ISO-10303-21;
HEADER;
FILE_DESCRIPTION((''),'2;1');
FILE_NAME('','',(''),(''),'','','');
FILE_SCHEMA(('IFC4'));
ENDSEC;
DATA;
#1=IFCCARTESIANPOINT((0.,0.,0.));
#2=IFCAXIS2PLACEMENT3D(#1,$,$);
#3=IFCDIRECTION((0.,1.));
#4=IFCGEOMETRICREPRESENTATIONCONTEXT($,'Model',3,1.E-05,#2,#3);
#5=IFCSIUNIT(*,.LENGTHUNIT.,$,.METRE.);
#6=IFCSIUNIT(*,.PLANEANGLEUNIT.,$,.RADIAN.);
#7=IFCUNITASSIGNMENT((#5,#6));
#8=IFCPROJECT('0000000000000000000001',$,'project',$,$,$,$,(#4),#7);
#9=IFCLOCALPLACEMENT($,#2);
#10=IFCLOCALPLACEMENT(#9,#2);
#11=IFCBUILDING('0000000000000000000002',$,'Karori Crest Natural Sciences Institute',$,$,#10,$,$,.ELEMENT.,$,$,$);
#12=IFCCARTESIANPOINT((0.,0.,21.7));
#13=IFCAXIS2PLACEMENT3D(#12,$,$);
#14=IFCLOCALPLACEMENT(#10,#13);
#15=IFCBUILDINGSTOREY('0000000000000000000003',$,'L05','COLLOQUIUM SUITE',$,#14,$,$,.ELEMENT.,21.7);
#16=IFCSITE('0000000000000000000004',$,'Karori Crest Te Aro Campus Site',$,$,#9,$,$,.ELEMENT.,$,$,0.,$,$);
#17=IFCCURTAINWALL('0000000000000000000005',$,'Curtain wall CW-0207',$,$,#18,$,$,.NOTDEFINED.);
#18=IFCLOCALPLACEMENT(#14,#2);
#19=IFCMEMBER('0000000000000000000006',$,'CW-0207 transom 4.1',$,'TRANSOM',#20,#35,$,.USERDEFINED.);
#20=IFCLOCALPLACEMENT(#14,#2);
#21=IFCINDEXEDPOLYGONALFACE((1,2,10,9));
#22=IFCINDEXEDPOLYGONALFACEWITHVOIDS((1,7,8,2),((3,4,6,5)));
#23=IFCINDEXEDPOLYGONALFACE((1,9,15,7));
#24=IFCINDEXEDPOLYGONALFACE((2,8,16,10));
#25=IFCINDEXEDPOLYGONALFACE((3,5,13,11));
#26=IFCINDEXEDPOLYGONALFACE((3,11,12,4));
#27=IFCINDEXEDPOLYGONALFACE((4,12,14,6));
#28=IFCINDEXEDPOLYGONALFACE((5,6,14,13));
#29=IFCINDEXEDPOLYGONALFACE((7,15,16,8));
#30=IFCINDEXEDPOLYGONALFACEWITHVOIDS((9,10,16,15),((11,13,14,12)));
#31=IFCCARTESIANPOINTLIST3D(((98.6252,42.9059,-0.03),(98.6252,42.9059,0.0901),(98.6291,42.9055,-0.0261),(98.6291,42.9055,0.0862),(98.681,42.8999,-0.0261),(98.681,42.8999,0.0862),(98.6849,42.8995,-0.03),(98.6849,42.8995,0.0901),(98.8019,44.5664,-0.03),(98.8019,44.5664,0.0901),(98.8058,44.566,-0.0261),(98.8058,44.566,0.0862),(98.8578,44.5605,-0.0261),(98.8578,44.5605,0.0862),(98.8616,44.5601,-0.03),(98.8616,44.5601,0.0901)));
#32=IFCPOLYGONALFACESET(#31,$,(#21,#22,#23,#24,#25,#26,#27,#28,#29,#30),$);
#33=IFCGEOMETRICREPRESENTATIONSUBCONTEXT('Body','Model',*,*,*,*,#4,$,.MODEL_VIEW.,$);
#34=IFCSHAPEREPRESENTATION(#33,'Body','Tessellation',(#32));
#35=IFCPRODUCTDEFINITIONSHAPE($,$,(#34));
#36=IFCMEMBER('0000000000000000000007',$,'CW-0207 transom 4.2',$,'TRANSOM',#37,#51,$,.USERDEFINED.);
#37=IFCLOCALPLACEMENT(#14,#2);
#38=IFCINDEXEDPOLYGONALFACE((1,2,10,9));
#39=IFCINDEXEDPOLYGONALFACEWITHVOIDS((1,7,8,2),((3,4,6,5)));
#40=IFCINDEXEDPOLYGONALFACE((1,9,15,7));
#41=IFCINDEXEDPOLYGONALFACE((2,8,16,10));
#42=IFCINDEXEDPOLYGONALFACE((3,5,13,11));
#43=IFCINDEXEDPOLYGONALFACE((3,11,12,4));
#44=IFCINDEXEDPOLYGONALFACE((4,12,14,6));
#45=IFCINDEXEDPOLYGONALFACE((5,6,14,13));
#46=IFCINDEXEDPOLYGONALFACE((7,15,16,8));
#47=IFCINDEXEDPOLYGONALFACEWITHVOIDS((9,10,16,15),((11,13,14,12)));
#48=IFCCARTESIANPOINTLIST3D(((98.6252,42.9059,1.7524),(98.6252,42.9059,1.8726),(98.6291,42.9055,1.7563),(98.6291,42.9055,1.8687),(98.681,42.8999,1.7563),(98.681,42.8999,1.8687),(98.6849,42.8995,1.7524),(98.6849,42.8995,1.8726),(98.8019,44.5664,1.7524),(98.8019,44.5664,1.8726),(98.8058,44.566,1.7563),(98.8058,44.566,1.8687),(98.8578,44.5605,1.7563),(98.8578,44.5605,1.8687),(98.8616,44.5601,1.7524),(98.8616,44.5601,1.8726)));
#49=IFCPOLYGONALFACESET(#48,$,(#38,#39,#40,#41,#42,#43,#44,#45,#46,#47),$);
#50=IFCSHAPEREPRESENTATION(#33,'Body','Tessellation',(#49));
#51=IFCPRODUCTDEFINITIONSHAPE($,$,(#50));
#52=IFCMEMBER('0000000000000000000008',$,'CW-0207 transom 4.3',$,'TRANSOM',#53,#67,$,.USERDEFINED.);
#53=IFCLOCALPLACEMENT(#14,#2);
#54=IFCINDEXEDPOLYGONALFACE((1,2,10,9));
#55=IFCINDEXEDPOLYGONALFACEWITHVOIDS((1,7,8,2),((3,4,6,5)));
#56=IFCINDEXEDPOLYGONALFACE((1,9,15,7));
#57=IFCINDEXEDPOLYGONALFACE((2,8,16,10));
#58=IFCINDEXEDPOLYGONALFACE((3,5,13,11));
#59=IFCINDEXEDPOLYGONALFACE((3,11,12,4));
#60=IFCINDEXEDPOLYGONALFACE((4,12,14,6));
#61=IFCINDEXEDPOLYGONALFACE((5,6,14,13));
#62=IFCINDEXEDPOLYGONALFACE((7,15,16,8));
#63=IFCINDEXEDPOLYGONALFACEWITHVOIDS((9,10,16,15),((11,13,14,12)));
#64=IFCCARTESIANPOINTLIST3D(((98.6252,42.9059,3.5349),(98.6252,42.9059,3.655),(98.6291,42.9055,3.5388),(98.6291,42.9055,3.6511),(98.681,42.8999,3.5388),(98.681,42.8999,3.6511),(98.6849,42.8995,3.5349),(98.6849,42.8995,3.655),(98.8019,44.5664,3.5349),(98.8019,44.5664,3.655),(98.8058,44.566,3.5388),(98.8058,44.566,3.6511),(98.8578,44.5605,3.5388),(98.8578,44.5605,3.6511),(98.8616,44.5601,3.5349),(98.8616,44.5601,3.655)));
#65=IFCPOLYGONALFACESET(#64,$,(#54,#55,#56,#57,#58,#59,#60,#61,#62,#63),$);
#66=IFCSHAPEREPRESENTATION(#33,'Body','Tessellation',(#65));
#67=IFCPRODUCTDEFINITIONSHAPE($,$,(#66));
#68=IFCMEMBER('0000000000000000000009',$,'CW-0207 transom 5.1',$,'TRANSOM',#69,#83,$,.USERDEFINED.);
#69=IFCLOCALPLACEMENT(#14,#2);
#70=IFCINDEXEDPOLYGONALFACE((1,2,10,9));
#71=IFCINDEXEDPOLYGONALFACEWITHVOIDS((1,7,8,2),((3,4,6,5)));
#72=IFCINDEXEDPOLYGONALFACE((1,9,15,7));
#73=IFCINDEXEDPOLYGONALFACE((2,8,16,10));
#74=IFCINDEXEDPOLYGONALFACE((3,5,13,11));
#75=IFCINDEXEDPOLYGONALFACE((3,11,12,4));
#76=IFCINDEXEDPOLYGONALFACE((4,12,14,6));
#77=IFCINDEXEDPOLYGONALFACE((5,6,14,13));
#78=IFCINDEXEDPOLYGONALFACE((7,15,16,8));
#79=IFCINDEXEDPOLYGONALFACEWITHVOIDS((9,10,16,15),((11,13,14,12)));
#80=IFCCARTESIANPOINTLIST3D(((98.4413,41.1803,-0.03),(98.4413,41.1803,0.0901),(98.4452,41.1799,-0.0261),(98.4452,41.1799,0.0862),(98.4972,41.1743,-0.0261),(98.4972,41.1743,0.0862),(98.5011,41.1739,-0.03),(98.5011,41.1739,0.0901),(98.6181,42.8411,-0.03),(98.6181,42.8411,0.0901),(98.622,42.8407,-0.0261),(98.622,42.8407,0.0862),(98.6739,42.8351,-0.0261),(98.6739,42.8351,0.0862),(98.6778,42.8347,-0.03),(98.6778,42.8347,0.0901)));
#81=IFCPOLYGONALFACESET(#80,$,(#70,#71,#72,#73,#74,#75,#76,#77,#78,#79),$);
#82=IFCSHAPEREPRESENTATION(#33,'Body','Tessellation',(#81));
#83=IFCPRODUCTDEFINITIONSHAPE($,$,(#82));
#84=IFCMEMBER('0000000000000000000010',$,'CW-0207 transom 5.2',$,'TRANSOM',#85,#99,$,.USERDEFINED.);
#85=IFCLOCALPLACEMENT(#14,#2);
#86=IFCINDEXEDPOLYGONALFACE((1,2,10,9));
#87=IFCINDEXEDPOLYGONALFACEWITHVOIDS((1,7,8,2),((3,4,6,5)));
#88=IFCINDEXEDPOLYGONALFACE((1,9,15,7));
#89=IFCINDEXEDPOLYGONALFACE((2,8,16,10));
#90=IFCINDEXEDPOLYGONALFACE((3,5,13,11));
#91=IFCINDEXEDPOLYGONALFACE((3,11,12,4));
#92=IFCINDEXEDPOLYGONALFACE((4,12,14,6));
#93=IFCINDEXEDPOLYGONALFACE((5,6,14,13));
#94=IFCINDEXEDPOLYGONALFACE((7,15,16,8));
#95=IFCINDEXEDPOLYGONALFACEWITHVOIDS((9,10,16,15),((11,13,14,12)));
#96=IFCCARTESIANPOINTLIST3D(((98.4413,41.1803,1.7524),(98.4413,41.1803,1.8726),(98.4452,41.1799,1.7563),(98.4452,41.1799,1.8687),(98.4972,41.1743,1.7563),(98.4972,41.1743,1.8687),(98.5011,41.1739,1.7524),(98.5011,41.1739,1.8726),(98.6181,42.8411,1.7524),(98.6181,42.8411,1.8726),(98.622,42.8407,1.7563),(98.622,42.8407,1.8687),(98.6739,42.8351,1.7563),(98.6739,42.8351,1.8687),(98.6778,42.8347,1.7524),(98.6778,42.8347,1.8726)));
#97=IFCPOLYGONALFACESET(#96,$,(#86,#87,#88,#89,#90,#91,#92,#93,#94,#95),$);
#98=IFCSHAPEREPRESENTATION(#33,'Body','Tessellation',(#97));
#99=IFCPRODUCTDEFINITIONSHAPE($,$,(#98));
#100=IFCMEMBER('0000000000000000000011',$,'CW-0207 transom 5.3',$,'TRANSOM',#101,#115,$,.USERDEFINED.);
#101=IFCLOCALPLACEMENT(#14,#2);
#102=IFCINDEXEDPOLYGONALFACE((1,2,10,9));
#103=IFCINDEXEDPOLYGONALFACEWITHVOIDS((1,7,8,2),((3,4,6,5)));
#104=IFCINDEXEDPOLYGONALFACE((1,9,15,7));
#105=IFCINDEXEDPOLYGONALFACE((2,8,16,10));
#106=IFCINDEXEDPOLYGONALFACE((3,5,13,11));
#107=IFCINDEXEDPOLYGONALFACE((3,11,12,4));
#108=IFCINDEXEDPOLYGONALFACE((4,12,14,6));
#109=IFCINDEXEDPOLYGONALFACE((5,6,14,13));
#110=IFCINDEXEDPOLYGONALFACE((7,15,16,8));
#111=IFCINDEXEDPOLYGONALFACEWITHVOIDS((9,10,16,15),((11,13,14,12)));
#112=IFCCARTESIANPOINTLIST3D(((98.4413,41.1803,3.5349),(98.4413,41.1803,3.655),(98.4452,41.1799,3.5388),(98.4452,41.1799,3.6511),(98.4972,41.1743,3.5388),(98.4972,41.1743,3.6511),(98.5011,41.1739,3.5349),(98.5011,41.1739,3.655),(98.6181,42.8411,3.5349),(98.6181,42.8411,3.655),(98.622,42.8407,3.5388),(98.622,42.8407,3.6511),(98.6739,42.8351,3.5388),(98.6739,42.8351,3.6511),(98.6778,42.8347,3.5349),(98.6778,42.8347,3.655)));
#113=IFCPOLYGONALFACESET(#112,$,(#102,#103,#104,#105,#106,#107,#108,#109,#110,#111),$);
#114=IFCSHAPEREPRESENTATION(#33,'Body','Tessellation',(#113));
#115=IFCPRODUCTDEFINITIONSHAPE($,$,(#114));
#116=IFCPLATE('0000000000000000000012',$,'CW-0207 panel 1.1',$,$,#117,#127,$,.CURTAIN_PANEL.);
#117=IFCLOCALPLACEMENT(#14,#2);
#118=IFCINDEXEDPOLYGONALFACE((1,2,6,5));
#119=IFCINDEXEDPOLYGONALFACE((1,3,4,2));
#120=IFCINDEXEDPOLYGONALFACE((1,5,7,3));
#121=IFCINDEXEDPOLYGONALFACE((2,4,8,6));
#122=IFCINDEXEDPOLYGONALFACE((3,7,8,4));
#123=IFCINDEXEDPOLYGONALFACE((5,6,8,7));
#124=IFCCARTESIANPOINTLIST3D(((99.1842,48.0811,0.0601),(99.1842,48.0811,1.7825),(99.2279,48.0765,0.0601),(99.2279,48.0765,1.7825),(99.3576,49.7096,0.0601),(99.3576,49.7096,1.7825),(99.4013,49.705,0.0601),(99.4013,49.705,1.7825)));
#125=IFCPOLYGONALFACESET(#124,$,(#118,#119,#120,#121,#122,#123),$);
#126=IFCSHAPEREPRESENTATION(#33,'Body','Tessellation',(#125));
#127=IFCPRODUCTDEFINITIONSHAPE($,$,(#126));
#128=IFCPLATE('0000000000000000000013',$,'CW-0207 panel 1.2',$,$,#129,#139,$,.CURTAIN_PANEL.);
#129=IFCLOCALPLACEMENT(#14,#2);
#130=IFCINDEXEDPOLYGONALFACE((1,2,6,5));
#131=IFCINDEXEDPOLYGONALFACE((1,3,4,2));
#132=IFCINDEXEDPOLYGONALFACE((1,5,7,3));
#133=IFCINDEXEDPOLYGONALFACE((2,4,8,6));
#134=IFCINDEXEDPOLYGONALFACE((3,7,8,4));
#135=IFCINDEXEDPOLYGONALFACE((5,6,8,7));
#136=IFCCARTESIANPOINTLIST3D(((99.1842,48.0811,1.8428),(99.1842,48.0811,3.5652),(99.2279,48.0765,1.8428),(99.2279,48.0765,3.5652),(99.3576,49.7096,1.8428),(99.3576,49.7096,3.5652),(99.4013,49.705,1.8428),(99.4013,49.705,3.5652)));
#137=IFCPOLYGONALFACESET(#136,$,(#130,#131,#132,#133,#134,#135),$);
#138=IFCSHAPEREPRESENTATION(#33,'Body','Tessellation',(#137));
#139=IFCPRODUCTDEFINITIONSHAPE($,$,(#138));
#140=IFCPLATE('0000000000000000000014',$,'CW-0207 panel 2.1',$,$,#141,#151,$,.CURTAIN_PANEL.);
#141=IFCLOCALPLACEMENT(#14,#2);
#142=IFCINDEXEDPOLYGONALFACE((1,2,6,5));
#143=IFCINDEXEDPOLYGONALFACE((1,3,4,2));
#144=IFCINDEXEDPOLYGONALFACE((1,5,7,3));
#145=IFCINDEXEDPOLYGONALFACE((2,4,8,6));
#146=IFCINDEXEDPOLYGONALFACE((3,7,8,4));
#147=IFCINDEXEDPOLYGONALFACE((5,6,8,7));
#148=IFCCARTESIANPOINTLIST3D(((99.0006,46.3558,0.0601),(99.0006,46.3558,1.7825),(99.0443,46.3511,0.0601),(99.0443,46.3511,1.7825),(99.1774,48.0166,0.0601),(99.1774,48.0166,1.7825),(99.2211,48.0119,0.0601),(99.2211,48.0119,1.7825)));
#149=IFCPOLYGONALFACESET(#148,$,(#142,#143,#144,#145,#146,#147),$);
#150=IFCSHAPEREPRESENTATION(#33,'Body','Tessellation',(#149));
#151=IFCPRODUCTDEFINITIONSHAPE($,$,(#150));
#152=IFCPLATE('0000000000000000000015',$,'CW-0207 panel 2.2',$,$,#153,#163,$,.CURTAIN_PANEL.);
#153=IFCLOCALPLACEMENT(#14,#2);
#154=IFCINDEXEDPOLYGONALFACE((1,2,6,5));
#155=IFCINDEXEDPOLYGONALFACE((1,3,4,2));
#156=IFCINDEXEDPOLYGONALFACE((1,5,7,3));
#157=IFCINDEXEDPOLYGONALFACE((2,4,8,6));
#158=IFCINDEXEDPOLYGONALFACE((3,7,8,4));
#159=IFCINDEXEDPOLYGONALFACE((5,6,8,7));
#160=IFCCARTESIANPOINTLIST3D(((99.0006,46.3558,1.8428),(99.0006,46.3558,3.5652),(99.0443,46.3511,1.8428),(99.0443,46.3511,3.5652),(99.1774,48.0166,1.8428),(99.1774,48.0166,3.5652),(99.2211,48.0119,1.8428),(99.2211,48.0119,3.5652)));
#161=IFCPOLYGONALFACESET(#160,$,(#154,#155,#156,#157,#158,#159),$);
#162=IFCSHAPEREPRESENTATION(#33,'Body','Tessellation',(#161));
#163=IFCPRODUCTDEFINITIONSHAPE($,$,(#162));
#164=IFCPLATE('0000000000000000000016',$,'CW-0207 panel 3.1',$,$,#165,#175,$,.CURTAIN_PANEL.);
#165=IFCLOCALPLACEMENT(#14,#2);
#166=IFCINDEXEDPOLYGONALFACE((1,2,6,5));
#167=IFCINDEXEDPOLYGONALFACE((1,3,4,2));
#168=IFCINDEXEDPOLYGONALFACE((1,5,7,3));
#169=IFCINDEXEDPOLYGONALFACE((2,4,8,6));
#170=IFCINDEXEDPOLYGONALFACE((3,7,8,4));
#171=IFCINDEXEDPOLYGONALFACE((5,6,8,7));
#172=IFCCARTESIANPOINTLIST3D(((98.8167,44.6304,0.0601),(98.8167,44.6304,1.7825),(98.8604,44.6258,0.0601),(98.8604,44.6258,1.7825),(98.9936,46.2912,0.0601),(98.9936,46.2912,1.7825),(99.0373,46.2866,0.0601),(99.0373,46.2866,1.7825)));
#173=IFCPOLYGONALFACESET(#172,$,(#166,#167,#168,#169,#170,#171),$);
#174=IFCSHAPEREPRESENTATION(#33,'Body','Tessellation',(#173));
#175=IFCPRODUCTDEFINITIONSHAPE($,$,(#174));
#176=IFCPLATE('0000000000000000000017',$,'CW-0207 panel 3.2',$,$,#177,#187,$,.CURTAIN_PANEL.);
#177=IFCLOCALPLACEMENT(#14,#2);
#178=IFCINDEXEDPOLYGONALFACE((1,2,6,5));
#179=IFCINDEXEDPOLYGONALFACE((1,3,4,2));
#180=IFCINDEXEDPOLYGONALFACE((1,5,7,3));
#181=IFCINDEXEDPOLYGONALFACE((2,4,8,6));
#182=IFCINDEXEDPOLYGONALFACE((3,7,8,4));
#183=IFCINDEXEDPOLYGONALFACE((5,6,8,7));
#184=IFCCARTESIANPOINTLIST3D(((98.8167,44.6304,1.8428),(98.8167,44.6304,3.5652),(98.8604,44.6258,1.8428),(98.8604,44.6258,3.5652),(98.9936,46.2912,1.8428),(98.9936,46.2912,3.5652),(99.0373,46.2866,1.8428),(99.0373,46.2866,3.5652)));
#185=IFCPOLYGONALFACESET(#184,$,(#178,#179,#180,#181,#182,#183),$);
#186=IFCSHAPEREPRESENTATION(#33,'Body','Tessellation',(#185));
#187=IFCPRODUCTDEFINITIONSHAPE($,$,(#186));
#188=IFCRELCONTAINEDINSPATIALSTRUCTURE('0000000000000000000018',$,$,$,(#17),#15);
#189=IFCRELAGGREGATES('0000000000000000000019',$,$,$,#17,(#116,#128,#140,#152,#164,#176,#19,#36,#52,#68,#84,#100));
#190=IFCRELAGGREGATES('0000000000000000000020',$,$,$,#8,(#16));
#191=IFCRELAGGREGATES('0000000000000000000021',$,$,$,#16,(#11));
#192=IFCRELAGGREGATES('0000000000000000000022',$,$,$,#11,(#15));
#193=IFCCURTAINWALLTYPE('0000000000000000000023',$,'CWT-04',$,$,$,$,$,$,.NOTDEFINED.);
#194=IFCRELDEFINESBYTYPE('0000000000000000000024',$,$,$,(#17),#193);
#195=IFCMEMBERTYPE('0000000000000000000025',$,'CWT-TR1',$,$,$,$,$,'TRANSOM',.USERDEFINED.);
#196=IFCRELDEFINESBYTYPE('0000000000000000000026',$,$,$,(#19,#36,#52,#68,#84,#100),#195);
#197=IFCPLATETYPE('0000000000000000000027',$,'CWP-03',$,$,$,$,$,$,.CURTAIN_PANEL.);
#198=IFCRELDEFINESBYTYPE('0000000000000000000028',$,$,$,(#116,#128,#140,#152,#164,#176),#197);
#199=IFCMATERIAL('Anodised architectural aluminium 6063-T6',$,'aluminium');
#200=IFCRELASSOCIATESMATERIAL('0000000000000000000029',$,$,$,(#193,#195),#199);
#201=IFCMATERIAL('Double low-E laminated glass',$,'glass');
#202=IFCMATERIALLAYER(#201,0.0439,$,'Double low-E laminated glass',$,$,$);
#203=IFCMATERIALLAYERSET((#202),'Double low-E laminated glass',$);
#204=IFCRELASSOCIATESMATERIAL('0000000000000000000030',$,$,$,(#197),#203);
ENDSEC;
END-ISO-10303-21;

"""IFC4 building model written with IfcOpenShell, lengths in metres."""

from ifc_helpers import new_model, si_unit, direction, frame, origin, origin_2d, place, context, subcontext, project, spatial, rectangle, hollow_rectangle, extrude, material, layer, layer_set, material_profile, profile_set, type_object, element, aggregate, save


model = new_model("IFC4")

# Units and contexts
model_context = context("Model", 3, precision=1e-05, world=origin(), true_north=direction((0.0, 1.0)))
body_context = subcontext(model_context, "Body", "Model", "MODEL_VIEW")
ifc_project = project(units=[si_unit("LENGTHUNIT", "METRE"), si_unit("PLANEANGLEUNIT", "RADIAN")], contexts=[model_context])

# Site, building, storey
site_placement = place(None, origin())
site = spatial("IfcSite", under=ifc_project, at=site_placement, Name="Karori Crest Te Aro Campus Site", CompositionType="ELEMENT", RefElevation=0.0)
building_placement = place(site_placement, origin())
building = spatial("IfcBuilding", under=site, at=building_placement, Name="Karori Crest Natural Sciences Institute", CompositionType="ELEMENT")
storey_placement = place(building_placement, frame((0.0, 0.0, 21.7)))
storey = spatial("IfcBuildingStorey", under=building, at=storey_placement, Name="L05", Description="COLLOQUIUM SUITE", CompositionType="ELEMENT", Elevation=21.7)

# Curtain wall, members, plates
ifc_material_1 = material(Name="Anodised architectural aluminium 6063-T6", Category="aluminium")
curtain_wall_type = type_object("IfcCurtainWallType", Name="CWT-04", PredefinedType="NOTDEFINED", material=ifc_material_1)
curtain_wall_placement = place(storey_placement, origin())
curtain_wall = element("IfcCurtainWall", 1, at=curtain_wall_placement, inside=storey, type_object=curtain_wall_type, Name="Curtain wall CW-0207", PredefinedType="NOTDEFINED")
ifc_material_profile_1 = material_profile(ifc_material_1, hollow_rectangle(XDim=0.0601, YDim=0.1201, WallThickness=0.0039, at=origin_2d()), Name="CWT120x60x4")
ifc_profile_set_1 = profile_set([ifc_material_profile_1], Name="Anodised architectural aluminium 6063-T6")
member_type_1 = type_object("IfcMemberType", Name="CWT-TR1", ElementType="TRANSOM", PredefinedType="USERDEFINED", material=ifc_profile_set_1)
member_1_placement = place(storey_placement, frame((98.8318, 44.5632, 0.03), z_axis=(-0.105841, -0.994383, 0.0), x_axis=(0.994383, -0.105841, 0.0)))
member_1 = element("IfcMember", 2, at=member_1_placement, type_object=member_type_1, Name="CW-0207 transom 4.1", ObjectType="TRANSOM", PredefinedType="USERDEFINED", context=body_context, shape_type="SweptSolid", body=[
    extrude(hollow_rectangle(XDim=0.0601, YDim=0.1201, WallThickness=0.0039, at=origin_2d()), origin(), (0.0, 0.0, 1.0), 1.6699),
])
member_2_placement = place(storey_placement, frame((98.8318, 44.5632, 1.8125), z_axis=(-0.105841, -0.994383, 0.0), x_axis=(0.994383, -0.105841, 0.0)))
member_2 = element("IfcMember", 3, at=member_2_placement, type_object=member_type_1, Name="CW-0207 transom 4.2", ObjectType="TRANSOM", PredefinedType="USERDEFINED", context=body_context, shape_type="SweptSolid", body=[
    extrude(hollow_rectangle(XDim=0.0601, YDim=0.1201, WallThickness=0.0039, at=origin_2d()), origin(), (0.0, 0.0, 1.0), 1.6699),
])
member_3_placement = place(storey_placement, frame((98.8318, 44.5632, 3.595), z_axis=(-0.105841, -0.994383, 0.0), x_axis=(0.994383, -0.105841, 0.0)))
member_3 = element("IfcMember", 4, at=member_3_placement, type_object=member_type_1, Name="CW-0207 transom 4.3", ObjectType="TRANSOM", PredefinedType="USERDEFINED", context=body_context, shape_type="SweptSolid", body=[
    extrude(hollow_rectangle(XDim=0.0601, YDim=0.1201, WallThickness=0.0039, at=origin_2d()), origin(), (0.0, 0.0, 1.0), 1.6699),
])
member_4_placement = place(storey_placement, frame((98.6479, 42.8379, 0.03), z_axis=(-0.105826, -0.994385, 0.0), x_axis=(0.994385, -0.105826, 0.0)))
member_4 = element("IfcMember", 5, at=member_4_placement, type_object=member_type_1, Name="CW-0207 transom 5.1", ObjectType="TRANSOM", PredefinedType="USERDEFINED", context=body_context, shape_type="SweptSolid", body=[
    extrude(hollow_rectangle(XDim=0.0601, YDim=0.1201, WallThickness=0.0039, at=origin_2d()), origin(), (0.0, 0.0, 1.0), 1.6702),
])
member_5_placement = place(storey_placement, frame((98.6479, 42.8379, 1.8125), z_axis=(-0.105826, -0.994385, 0.0), x_axis=(0.994385, -0.105826, 0.0)))
member_5 = element("IfcMember", 6, at=member_5_placement, type_object=member_type_1, Name="CW-0207 transom 5.2", ObjectType="TRANSOM", PredefinedType="USERDEFINED", context=body_context, shape_type="SweptSolid", body=[
    extrude(hollow_rectangle(XDim=0.0601, YDim=0.1201, WallThickness=0.0039, at=origin_2d()), origin(), (0.0, 0.0, 1.0), 1.6702),
])
member_6_placement = place(storey_placement, frame((98.6479, 42.8379, 3.595), z_axis=(-0.105826, -0.994385, 0.0), x_axis=(0.994385, -0.105826, 0.0)))
member_6 = element("IfcMember", 7, at=member_6_placement, type_object=member_type_1, Name="CW-0207 transom 5.3", ObjectType="TRANSOM", PredefinedType="USERDEFINED", context=body_context, shape_type="SweptSolid", body=[
    extrude(hollow_rectangle(XDim=0.0601, YDim=0.1201, WallThickness=0.0039, at=origin_2d()), origin(), (0.0, 0.0, 1.0), 1.6702),
])
ifc_material_2 = material(Name="Double low-E laminated glass", Category="glass")
ifc_layer_1 = layer(ifc_material_2, 0.0439, Name="Double low-E laminated glass")
ifc_layer_set_1 = layer_set([ifc_layer_1], Name="Double low-E laminated glass")
plate_type = type_object("IfcPlateType", Name="CWP-03", PredefinedType="CURTAIN_PANEL", material=ifc_layer_set_1)
plate_1_placement = place(storey_placement, frame((99.2927, 48.8931, 0.0601), z_axis=(0.0, 0.0, 1.0), x_axis=(-0.105886, -0.994378, 0.0)))
plate_1 = element("IfcPlate", 8, at=plate_1_placement, type_object=plate_type, Name="CW-0207 panel 1.1", PredefinedType="CURTAIN_PANEL", context=body_context, shape_type="SweptSolid", body=[
    extrude(rectangle(XDim=1.6377, YDim=0.0439, at=origin_2d()), origin(), (0.0, 0.0, 1.0), 1.7224),
])
plate_2_placement = place(storey_placement, frame((99.2927, 48.8931, 1.8428), z_axis=(0.0, 0.0, 1.0), x_axis=(-0.105886, -0.994378, 0.0)))
plate_2 = element("IfcPlate", 9, at=plate_2_placement, type_object=plate_type, Name="CW-0207 panel 1.2", PredefinedType="CURTAIN_PANEL", context=body_context, shape_type="SweptSolid", body=[
    extrude(rectangle(XDim=1.6377, YDim=0.0439, at=origin_2d()), origin(), (0.0, 0.0, 1.0), 1.7224),
])
plate_3_placement = place(storey_placement, frame((99.1108, 47.1838, 0.0601), z_axis=(0.0, 0.0, 1.0), x_axis=(-0.105886, -0.994378, 0.0)))
plate_3 = element("IfcPlate", 10, at=plate_3_placement, type_object=plate_type, Name="CW-0207 panel 2.1", PredefinedType="CURTAIN_PANEL", context=body_context, shape_type="SweptSolid", body=[
    extrude(rectangle(XDim=1.6702, YDim=0.0439, at=origin_2d()), origin(), (0.0, 0.0, 1.0), 1.7224),
])
plate_4_placement = place(storey_placement, frame((99.1108, 47.1838, 1.8428), z_axis=(0.0, 0.0, 1.0), x_axis=(-0.105886, -0.994378, 0.0)))
plate_4 = element("IfcPlate", 11, at=plate_4_placement, type_object=plate_type, Name="CW-0207 panel 2.2", PredefinedType="CURTAIN_PANEL", context=body_context, shape_type="SweptSolid", body=[
    extrude(rectangle(XDim=1.6702, YDim=0.0439, at=origin_2d()), origin(), (0.0, 0.0, 1.0), 1.7224),
])
plate_5_placement = place(storey_placement, frame((98.927, 45.4585, 0.0601), z_axis=(0.0, 0.0, 1.0), x_axis=(-0.105886, -0.994378, 0.0)))
plate_5 = element("IfcPlate", 12, at=plate_5_placement, type_object=plate_type, Name="CW-0207 panel 3.1", PredefinedType="CURTAIN_PANEL", context=body_context, shape_type="SweptSolid", body=[
    extrude(rectangle(XDim=1.6702, YDim=0.0439, at=origin_2d()), origin(), (0.0, 0.0, 1.0), 1.7224),
])
plate_6_placement = place(storey_placement, frame((98.927, 45.4585, 1.8428), z_axis=(0.0, 0.0, 1.0), x_axis=(-0.105886, -0.994378, 0.0)))
plate_6 = element("IfcPlate", 13, at=plate_6_placement, type_object=plate_type, Name="CW-0207 panel 3.2", PredefinedType="CURTAIN_PANEL", context=body_context, shape_type="SweptSolid", body=[
    extrude(rectangle(XDim=1.6702, YDim=0.0439, at=origin_2d()), origin(), (0.0, 0.0, 1.0), 1.7224),
])
aggregate(curtain_wall, [plate_1, plate_2, plate_3, plate_4, plate_5, plate_6, member_1, member_2, member_3, member_4, member_5, member_6])

save(model, "model.ifc")
